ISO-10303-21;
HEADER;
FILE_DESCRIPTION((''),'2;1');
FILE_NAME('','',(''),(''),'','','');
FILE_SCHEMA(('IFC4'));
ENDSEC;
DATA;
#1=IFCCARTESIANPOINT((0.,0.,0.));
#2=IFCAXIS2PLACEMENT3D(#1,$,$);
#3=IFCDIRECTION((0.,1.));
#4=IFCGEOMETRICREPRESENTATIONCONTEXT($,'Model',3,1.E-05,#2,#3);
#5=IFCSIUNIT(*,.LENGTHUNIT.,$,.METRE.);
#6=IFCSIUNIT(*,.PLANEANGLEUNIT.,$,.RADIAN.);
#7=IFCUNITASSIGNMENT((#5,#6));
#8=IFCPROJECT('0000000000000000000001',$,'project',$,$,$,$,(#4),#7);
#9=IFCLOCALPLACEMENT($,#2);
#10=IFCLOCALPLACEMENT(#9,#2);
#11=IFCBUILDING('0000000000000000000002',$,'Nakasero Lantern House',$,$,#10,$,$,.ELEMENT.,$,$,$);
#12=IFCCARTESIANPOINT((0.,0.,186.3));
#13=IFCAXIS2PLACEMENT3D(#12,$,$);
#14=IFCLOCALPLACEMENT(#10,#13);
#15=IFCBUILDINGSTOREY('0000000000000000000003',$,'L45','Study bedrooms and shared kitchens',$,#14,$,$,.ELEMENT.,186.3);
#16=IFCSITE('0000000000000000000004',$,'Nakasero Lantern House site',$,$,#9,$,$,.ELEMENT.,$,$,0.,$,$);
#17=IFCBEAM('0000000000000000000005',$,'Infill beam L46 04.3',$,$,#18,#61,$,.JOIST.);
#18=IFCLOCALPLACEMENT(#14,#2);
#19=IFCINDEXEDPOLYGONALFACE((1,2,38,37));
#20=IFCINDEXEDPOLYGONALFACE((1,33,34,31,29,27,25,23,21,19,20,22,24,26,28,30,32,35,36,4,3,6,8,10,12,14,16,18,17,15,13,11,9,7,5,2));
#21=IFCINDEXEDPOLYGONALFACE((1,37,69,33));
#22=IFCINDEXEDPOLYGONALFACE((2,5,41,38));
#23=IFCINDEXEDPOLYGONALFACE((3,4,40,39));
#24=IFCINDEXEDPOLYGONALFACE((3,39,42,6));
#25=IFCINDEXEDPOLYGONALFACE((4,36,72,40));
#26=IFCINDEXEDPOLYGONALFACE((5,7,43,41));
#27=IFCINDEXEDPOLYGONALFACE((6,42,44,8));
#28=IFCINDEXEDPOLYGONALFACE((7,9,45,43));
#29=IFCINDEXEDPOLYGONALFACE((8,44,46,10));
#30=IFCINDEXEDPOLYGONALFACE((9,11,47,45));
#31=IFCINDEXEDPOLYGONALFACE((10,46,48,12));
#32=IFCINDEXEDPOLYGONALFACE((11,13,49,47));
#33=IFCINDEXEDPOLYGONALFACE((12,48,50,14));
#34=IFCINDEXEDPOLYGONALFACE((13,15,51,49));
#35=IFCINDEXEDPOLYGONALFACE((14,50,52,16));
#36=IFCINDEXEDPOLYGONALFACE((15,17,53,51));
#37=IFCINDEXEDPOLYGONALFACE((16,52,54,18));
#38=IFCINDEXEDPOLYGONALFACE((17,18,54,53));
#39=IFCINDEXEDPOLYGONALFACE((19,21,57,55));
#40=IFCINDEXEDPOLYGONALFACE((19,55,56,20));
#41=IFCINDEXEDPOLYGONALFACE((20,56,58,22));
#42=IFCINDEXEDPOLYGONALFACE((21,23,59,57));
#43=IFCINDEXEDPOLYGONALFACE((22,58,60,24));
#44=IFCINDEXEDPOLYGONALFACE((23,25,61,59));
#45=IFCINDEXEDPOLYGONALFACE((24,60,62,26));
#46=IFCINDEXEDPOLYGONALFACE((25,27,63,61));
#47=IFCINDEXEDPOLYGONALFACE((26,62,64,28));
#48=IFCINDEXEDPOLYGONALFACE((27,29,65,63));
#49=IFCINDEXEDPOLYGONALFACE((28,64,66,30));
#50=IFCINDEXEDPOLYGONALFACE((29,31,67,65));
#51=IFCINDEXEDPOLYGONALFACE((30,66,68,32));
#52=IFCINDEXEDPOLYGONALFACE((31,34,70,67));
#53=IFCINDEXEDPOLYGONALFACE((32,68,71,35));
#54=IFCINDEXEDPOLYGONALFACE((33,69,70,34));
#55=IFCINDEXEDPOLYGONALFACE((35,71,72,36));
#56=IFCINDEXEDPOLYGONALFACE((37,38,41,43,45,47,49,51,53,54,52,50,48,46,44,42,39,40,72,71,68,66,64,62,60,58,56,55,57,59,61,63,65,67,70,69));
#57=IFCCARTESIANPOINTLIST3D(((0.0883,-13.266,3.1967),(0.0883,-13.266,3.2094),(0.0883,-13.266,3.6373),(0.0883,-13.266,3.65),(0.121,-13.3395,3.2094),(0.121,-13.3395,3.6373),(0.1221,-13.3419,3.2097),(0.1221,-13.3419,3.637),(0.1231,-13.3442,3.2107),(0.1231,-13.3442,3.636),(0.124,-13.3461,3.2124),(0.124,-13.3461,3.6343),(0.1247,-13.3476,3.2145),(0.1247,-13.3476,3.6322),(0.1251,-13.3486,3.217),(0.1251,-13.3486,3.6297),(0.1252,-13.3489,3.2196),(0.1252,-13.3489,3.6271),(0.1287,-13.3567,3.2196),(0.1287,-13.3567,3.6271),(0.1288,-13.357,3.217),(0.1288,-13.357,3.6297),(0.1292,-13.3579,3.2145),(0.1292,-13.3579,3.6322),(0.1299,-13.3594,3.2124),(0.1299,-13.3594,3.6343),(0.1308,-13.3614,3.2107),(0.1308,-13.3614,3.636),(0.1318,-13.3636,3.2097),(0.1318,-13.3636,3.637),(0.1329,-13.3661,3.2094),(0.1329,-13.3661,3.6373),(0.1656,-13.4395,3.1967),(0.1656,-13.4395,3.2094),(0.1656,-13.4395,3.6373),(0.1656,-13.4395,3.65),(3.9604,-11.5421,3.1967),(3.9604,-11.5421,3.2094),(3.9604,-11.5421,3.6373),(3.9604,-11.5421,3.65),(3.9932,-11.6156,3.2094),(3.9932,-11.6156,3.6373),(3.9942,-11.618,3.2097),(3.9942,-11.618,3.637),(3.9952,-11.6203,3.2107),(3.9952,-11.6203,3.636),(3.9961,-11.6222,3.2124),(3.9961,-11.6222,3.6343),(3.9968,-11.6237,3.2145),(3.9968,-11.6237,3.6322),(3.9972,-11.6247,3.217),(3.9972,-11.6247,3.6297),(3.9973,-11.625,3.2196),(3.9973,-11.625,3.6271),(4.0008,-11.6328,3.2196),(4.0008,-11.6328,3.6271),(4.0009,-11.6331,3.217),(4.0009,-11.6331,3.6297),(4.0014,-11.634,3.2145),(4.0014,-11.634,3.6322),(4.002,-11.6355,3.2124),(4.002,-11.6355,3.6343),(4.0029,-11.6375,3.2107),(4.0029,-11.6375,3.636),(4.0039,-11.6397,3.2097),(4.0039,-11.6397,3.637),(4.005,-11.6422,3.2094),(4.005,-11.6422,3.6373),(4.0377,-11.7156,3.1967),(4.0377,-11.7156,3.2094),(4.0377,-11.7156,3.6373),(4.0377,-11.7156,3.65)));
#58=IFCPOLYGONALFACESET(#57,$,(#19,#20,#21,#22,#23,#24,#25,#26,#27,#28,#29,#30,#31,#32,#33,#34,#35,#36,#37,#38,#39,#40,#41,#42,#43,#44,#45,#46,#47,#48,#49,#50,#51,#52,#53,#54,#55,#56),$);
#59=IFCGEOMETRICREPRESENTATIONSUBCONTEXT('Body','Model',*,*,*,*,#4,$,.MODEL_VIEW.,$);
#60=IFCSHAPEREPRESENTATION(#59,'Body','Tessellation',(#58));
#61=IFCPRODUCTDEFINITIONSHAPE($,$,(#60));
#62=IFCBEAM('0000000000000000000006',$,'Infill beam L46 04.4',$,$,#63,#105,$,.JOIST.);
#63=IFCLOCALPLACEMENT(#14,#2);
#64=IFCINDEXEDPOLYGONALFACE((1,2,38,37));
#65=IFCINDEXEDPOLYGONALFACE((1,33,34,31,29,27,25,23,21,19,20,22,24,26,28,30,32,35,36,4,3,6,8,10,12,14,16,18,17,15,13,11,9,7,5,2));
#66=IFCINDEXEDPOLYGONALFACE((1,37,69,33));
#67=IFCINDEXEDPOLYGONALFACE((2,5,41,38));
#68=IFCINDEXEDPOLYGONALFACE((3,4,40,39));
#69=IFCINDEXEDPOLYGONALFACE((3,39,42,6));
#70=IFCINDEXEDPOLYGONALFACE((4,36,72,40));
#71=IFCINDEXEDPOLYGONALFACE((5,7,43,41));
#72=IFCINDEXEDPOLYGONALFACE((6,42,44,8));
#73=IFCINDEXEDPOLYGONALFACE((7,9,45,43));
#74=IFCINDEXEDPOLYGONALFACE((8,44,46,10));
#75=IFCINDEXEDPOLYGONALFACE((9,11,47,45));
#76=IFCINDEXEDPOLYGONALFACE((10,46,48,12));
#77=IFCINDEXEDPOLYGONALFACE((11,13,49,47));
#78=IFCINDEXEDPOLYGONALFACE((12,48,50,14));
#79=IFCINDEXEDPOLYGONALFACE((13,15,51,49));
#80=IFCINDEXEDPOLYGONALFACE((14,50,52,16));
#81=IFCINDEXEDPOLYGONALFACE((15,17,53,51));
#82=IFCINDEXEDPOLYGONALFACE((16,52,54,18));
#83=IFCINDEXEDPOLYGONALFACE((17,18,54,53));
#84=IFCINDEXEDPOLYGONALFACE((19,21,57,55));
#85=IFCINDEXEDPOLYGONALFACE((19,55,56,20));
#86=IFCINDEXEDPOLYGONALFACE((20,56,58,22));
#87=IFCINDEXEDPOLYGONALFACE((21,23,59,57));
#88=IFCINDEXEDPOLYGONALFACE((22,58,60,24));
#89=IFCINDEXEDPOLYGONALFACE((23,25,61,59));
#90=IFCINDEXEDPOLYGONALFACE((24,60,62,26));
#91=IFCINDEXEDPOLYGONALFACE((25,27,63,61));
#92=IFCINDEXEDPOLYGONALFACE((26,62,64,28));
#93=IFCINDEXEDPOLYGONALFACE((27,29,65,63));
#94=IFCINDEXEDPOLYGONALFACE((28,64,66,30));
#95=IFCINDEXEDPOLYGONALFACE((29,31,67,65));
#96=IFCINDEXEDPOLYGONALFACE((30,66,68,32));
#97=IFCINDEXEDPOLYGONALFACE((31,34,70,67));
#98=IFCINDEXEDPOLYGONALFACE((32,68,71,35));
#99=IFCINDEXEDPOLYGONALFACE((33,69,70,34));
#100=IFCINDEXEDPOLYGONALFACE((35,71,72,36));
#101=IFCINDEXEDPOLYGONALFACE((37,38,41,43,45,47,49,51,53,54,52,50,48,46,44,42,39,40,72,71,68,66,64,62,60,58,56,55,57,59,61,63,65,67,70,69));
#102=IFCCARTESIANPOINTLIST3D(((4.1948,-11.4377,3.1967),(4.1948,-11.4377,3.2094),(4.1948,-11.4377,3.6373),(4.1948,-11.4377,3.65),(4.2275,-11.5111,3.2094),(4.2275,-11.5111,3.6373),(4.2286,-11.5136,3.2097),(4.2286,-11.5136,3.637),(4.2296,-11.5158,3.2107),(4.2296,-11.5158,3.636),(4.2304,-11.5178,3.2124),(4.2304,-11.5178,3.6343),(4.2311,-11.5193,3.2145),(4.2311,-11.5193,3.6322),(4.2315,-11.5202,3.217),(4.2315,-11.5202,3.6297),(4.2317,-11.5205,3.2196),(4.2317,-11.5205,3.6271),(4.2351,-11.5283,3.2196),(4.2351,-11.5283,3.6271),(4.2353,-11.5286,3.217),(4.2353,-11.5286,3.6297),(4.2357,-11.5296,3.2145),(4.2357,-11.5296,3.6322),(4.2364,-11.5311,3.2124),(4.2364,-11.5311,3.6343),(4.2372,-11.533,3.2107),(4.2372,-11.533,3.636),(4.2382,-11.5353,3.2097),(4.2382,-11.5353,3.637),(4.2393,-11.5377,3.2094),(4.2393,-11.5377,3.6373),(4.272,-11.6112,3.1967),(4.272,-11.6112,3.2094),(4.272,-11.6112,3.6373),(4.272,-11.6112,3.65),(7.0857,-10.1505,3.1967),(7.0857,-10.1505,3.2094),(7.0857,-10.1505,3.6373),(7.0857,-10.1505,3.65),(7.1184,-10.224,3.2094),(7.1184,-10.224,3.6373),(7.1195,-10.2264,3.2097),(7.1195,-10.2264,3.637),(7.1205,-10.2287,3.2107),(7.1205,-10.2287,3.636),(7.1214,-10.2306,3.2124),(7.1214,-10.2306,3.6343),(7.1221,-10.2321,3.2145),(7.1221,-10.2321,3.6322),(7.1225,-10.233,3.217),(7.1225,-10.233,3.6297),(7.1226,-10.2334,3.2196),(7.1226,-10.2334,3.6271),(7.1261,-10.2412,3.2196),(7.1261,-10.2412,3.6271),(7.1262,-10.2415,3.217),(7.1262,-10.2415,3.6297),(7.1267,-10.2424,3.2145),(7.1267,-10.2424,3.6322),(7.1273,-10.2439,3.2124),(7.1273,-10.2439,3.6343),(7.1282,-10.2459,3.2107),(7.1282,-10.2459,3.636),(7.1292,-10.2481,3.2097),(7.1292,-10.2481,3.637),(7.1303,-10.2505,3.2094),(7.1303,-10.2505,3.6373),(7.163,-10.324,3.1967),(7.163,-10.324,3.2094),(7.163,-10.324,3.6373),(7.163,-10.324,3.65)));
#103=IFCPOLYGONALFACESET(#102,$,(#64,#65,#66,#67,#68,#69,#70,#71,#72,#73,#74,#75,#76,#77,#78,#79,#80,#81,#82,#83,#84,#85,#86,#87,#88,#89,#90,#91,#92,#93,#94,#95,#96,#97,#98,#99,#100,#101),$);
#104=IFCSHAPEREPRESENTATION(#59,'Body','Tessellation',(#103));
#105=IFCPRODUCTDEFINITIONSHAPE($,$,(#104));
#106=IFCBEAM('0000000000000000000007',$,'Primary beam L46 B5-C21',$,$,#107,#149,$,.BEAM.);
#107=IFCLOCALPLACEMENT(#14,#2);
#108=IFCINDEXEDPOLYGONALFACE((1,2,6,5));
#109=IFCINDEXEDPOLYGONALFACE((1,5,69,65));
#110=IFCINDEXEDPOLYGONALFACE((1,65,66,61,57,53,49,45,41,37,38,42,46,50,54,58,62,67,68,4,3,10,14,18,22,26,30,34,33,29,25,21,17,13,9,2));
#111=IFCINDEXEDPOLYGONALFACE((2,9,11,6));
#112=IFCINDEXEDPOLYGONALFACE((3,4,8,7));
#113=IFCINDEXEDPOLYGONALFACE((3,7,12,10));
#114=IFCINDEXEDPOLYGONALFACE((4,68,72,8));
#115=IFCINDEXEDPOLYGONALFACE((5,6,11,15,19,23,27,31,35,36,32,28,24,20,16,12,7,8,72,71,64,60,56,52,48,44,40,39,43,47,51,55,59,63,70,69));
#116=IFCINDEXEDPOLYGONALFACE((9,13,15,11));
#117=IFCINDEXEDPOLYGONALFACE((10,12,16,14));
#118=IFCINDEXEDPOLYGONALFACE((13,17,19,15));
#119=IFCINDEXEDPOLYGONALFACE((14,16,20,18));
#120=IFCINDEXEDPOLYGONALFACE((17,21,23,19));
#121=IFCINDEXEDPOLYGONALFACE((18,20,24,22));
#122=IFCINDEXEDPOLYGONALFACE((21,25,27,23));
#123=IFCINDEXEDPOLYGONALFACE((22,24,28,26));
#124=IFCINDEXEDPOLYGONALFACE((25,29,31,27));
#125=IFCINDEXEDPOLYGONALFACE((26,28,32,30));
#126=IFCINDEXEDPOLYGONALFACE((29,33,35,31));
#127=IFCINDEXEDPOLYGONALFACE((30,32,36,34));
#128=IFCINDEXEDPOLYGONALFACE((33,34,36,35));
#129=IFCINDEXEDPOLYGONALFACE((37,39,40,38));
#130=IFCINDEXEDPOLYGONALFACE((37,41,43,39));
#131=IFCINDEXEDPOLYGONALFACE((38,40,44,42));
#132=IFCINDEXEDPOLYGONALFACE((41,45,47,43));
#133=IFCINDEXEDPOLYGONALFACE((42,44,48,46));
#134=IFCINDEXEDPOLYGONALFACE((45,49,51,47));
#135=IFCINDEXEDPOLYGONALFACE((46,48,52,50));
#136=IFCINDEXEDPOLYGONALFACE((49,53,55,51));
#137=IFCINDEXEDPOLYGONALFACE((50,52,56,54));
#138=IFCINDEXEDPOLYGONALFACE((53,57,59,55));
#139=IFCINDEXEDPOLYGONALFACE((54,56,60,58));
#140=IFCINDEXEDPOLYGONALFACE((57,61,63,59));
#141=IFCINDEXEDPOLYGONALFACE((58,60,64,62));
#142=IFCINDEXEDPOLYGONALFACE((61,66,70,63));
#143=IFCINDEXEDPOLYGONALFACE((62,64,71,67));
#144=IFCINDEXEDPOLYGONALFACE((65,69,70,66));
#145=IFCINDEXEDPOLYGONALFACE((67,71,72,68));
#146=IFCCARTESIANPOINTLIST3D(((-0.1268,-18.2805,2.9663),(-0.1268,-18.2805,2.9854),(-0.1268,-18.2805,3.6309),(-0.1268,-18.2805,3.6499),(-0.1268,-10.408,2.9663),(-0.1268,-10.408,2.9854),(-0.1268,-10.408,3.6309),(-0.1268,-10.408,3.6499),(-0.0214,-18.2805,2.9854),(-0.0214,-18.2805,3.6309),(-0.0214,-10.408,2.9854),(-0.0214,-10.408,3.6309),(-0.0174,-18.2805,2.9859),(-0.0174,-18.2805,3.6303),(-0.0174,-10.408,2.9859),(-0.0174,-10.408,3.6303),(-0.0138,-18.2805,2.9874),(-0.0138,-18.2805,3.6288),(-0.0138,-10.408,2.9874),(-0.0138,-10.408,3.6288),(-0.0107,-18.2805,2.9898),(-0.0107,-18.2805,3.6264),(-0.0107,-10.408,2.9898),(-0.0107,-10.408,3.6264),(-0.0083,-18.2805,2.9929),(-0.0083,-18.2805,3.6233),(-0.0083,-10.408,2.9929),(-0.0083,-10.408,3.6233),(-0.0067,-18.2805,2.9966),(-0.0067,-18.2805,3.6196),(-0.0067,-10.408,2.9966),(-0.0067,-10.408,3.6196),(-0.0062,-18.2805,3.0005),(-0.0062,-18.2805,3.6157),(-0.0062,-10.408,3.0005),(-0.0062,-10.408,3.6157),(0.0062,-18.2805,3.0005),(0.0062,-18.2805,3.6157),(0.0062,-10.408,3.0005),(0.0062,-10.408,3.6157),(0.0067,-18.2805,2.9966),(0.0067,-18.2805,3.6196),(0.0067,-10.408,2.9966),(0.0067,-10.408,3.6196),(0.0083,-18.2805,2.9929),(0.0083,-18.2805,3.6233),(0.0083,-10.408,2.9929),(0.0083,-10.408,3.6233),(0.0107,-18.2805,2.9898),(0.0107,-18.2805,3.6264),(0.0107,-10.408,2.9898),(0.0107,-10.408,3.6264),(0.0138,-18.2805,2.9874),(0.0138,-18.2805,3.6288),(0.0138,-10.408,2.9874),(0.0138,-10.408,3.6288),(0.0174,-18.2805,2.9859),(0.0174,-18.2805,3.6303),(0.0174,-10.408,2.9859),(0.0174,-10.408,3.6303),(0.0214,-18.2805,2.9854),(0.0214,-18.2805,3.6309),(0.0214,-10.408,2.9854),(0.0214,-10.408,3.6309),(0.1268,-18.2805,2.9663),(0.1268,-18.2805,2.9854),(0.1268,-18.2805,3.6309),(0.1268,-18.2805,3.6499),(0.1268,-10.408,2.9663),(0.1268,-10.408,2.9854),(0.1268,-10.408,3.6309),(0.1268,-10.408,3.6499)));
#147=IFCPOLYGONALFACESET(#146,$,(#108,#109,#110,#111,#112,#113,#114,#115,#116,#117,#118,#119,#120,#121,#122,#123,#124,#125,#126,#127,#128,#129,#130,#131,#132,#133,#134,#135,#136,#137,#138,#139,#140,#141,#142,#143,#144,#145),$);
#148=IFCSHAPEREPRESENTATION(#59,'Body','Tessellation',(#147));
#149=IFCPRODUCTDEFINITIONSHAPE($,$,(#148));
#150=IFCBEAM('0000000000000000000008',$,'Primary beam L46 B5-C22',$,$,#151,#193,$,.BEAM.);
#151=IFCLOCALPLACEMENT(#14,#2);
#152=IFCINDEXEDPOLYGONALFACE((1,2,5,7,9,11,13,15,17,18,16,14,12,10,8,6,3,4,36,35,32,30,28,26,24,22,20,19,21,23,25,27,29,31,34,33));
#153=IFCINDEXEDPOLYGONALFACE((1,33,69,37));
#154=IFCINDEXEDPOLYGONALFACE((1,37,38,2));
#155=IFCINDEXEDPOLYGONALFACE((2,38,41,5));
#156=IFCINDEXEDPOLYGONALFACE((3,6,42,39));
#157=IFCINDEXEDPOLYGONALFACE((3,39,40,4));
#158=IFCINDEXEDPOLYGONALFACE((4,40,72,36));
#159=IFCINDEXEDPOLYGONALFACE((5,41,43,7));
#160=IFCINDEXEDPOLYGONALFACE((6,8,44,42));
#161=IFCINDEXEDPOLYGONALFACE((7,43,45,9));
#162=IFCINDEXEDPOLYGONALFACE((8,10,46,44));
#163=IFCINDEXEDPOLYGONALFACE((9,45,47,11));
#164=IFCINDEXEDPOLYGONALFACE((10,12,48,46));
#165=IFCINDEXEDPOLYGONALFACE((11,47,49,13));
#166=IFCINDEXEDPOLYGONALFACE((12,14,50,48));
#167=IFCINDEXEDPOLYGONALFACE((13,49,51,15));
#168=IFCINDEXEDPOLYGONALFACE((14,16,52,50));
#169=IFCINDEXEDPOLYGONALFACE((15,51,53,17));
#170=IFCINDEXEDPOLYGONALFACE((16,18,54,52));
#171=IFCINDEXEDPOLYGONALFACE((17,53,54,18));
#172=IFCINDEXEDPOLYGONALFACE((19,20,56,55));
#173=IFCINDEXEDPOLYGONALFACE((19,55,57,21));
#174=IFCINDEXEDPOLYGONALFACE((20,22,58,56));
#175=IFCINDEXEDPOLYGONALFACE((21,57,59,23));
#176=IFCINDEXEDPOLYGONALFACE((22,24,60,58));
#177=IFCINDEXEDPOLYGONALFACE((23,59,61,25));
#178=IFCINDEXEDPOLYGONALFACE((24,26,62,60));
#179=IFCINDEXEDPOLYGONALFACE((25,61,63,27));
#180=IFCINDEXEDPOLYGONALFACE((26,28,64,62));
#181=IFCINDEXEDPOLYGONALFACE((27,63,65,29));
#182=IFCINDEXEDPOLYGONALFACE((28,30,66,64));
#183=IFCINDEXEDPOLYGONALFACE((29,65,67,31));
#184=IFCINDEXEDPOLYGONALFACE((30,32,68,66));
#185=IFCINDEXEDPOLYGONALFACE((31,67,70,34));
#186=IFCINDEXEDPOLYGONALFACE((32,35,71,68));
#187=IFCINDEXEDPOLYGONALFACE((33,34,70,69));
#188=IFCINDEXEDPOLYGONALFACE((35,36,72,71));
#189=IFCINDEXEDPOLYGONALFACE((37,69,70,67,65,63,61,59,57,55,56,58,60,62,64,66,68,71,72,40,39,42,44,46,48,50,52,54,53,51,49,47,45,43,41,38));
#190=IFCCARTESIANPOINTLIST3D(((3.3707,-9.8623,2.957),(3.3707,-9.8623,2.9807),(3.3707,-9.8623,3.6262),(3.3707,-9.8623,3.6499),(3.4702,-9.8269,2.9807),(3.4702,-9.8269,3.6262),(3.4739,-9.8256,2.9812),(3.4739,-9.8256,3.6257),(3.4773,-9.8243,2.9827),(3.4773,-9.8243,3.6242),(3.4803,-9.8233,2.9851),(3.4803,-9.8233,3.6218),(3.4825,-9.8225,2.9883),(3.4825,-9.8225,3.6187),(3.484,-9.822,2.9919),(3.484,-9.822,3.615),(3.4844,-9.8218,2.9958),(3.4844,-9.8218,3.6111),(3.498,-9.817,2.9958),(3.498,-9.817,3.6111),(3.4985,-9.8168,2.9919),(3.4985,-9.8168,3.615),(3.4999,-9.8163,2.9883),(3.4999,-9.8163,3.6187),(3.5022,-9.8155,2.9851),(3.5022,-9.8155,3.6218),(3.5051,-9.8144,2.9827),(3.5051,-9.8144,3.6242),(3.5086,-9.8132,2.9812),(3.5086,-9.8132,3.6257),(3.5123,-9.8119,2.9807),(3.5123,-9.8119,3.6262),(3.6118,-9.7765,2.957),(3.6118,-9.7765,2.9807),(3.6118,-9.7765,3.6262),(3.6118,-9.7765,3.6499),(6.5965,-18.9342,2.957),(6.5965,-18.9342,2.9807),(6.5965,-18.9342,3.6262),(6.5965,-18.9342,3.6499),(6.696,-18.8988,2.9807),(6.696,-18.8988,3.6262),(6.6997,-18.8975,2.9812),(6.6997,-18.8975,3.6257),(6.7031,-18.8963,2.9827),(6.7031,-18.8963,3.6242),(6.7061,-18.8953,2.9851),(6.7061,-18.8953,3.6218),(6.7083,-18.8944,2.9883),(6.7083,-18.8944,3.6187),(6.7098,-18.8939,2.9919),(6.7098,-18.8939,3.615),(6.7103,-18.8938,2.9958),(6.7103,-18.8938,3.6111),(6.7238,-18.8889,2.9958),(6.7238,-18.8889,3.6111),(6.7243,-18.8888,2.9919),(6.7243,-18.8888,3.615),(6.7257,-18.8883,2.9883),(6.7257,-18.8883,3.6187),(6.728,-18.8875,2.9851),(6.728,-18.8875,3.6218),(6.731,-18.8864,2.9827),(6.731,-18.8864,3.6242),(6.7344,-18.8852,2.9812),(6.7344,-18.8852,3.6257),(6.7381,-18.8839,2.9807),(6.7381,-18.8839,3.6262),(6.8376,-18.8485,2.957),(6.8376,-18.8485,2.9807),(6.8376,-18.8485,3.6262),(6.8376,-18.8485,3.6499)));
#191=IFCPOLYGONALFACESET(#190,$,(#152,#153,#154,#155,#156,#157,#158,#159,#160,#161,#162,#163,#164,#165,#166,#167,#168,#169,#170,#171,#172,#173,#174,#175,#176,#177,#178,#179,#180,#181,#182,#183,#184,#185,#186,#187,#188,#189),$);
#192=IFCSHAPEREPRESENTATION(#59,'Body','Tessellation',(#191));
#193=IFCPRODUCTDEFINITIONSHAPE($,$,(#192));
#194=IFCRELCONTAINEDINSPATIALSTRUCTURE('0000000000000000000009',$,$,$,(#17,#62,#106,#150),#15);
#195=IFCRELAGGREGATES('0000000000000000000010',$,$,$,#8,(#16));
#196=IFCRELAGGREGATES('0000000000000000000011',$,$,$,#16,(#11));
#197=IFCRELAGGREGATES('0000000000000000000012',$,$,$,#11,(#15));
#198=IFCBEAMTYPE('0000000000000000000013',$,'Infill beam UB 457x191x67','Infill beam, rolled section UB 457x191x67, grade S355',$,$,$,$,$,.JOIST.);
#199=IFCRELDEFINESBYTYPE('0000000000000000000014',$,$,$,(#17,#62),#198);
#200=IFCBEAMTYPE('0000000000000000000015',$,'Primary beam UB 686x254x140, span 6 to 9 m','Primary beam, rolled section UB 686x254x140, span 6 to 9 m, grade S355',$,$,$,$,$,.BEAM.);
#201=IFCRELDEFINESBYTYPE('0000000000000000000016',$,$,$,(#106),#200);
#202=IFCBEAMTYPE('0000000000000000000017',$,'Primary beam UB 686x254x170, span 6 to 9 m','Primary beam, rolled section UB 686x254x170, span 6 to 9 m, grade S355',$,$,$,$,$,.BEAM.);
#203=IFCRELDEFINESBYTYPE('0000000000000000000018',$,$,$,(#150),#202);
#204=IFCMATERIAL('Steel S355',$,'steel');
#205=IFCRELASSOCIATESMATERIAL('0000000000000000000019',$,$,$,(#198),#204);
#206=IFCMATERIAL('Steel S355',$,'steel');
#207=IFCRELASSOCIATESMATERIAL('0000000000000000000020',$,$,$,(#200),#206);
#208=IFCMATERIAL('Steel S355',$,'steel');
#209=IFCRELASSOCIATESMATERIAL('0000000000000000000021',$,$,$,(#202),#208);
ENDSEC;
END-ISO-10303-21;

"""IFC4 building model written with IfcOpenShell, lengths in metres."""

from ifc_helpers import new_model, si_unit, direction, frame, origin, origin_2d, place, context, subcontext, project, spatial, i_section, extrude, material, material_profile, profile_set, type_object, element, save


model = new_model("IFC4")

# Units and contexts
model_context = context("Model", 3, precision=1e-05, world=origin(), true_north=direction((0.0, 1.0)))
body_context = subcontext(model_context, "Body", "Model", "MODEL_VIEW")
ifc_project = project(units=[si_unit("LENGTHUNIT", "METRE"), si_unit("PLANEANGLEUNIT", "RADIAN")], contexts=[model_context])

# Site, building, storey
site_placement = place(None, origin())
site = spatial("IfcSite", under=ifc_project, at=site_placement, Name="Nakasero Lantern House site", CompositionType="ELEMENT", RefElevation=0.0)
building_placement = place(site_placement, origin())
building = spatial("IfcBuilding", under=site, at=building_placement, Name="Nakasero Lantern House", CompositionType="ELEMENT")
storey_placement = place(building_placement, frame((0.0, 0.0, 186.3)))
storey = spatial("IfcBuildingStorey", under=building, at=storey_placement, Name="L45", Description="Study bedrooms and shared kitchens", CompositionType="ELEMENT", Elevation=186.3)

# Beams
ifc_material_1 = material(Name="Steel S355", Category="steel")
ifc_material_profile_1 = material_profile(ifc_material_1, i_section(OverallWidth=0.1899, OverallDepth=0.4534, WebThickness=0.0085, FlangeThickness=0.0127, FilletRadius=0.0103, at=origin_2d()), Name="UB 457x191x67")
ifc_profile_set_1 = profile_set([ifc_material_profile_1], Name="Steel S355")
beam_type_1 = type_object("IfcBeamType", Name="Infill beam UB 457x191x67", Description="Infill beam, rolled section UB 457x191x67, grade S355", PredefinedType="JOIST", material=ifc_profile_set_1)
beam_1_placement = place(storey_placement, frame((0.127, -13.3528, 3.4233), z_axis=(0.913552, 0.406721, 0.0), x_axis=(-0.406721, 0.913552, 0.0)))
element("IfcBeam", 1, at=beam_1_placement, inside=storey, type_object=beam_type_1, Name="Infill beam L46 04.3", PredefinedType="JOIST", context=body_context, shape_type="SweptSolid", body=[
    extrude(i_section(OverallWidth=0.1899, OverallDepth=0.4534, WebThickness=0.0085, FlangeThickness=0.0127, FilletRadius=0.0103, at=origin_2d()), origin(), (0.0, 0.0, 1.0), 4.2385),
])
beam_2_placement = place(storey_placement, frame((4.2334, -11.5244, 3.4233), z_axis=(0.913544, 0.40674, 0.0), x_axis=(-0.40674, 0.913544, 0.0)))
element("IfcBeam", 2, at=beam_2_placement, inside=storey, type_object=beam_type_1, Name="Infill beam L46 04.4", PredefinedType="JOIST", context=body_context, shape_type="SweptSolid", body=[
    extrude(i_section(OverallWidth=0.1899, OverallDepth=0.4534, WebThickness=0.0085, FlangeThickness=0.0127, FilletRadius=0.0103, at=origin_2d()), origin(), (0.0, 0.0, 1.0), 3.1646),
])
ifc_material_2 = material(Name="Steel S355", Category="steel")
ifc_material_profile_2 = material_profile(ifc_material_2, i_section(OverallWidth=0.2537, OverallDepth=0.6836, WebThickness=0.0125, FlangeThickness=0.019, FilletRadius=0.0151, at=origin_2d()), Name="UB 686x254x140")
ifc_profile_set_2 = profile_set([ifc_material_profile_2], Name="Steel S355")
beam_type_2 = type_object("IfcBeamType", Name="Primary beam UB 686x254x140, span 6 to 9 m", Description="Primary beam, rolled section UB 686x254x140, span 6 to 9 m, grade S355", PredefinedType="BEAM", material=ifc_profile_set_2)
beam_3_placement = place(storey_placement, frame((0.0, -18.2805, 3.3081), z_axis=(0.0, 1.0, 0.0), x_axis=(-1.0, 0.0, 0.0)))
element("IfcBeam", 3, at=beam_3_placement, inside=storey, type_object=beam_type_2, Name="Primary beam L46 B5-C21", PredefinedType="BEAM", context=body_context, shape_type="SweptSolid", body=[
    extrude(i_section(OverallWidth=0.2537, OverallDepth=0.6836, WebThickness=0.0125, FlangeThickness=0.019, FilletRadius=0.0151, at=origin_2d()), origin(), (0.0, 0.0, 1.0), 7.8726),
])
ifc_material_3 = material(Name="Steel S355", Category="steel")
ifc_material_profile_3 = material_profile(ifc_material_3, i_section(OverallWidth=0.2559, OverallDepth=0.6929, WebThickness=0.0144, FlangeThickness=0.0237, FilletRadius=0.0151, at=origin_2d()), Name="UB 686x254x170")
ifc_profile_set_3 = profile_set([ifc_material_profile_3], Name="Steel S355")
beam_type_3 = type_object("IfcBeamType", Name="Primary beam UB 686x254x170, span 6 to 9 m", Description="Primary beam, rolled section UB 686x254x170, span 6 to 9 m, grade S355", PredefinedType="BEAM", material=ifc_profile_set_3)
beam_4_placement = place(storey_placement, frame((6.717, -18.8914, 3.3035), z_axis=(-0.33503, 0.942207, 0.0), x_axis=(-0.942207, -0.33503, 0.0)))
element("IfcBeam", 4, at=beam_4_placement, inside=storey, type_object=beam_type_3, Name="Primary beam L46 B5-C22", PredefinedType="BEAM", context=body_context, shape_type="SweptSolid", body=[
    extrude(i_section(OverallWidth=0.2559, OverallDepth=0.6929, WebThickness=0.0144, FlangeThickness=0.0237, FilletRadius=0.0151, at=origin_2d()), origin(), (0.0, 0.0, 1.0), 9.6284),
])

save(model, "model.ifc")
